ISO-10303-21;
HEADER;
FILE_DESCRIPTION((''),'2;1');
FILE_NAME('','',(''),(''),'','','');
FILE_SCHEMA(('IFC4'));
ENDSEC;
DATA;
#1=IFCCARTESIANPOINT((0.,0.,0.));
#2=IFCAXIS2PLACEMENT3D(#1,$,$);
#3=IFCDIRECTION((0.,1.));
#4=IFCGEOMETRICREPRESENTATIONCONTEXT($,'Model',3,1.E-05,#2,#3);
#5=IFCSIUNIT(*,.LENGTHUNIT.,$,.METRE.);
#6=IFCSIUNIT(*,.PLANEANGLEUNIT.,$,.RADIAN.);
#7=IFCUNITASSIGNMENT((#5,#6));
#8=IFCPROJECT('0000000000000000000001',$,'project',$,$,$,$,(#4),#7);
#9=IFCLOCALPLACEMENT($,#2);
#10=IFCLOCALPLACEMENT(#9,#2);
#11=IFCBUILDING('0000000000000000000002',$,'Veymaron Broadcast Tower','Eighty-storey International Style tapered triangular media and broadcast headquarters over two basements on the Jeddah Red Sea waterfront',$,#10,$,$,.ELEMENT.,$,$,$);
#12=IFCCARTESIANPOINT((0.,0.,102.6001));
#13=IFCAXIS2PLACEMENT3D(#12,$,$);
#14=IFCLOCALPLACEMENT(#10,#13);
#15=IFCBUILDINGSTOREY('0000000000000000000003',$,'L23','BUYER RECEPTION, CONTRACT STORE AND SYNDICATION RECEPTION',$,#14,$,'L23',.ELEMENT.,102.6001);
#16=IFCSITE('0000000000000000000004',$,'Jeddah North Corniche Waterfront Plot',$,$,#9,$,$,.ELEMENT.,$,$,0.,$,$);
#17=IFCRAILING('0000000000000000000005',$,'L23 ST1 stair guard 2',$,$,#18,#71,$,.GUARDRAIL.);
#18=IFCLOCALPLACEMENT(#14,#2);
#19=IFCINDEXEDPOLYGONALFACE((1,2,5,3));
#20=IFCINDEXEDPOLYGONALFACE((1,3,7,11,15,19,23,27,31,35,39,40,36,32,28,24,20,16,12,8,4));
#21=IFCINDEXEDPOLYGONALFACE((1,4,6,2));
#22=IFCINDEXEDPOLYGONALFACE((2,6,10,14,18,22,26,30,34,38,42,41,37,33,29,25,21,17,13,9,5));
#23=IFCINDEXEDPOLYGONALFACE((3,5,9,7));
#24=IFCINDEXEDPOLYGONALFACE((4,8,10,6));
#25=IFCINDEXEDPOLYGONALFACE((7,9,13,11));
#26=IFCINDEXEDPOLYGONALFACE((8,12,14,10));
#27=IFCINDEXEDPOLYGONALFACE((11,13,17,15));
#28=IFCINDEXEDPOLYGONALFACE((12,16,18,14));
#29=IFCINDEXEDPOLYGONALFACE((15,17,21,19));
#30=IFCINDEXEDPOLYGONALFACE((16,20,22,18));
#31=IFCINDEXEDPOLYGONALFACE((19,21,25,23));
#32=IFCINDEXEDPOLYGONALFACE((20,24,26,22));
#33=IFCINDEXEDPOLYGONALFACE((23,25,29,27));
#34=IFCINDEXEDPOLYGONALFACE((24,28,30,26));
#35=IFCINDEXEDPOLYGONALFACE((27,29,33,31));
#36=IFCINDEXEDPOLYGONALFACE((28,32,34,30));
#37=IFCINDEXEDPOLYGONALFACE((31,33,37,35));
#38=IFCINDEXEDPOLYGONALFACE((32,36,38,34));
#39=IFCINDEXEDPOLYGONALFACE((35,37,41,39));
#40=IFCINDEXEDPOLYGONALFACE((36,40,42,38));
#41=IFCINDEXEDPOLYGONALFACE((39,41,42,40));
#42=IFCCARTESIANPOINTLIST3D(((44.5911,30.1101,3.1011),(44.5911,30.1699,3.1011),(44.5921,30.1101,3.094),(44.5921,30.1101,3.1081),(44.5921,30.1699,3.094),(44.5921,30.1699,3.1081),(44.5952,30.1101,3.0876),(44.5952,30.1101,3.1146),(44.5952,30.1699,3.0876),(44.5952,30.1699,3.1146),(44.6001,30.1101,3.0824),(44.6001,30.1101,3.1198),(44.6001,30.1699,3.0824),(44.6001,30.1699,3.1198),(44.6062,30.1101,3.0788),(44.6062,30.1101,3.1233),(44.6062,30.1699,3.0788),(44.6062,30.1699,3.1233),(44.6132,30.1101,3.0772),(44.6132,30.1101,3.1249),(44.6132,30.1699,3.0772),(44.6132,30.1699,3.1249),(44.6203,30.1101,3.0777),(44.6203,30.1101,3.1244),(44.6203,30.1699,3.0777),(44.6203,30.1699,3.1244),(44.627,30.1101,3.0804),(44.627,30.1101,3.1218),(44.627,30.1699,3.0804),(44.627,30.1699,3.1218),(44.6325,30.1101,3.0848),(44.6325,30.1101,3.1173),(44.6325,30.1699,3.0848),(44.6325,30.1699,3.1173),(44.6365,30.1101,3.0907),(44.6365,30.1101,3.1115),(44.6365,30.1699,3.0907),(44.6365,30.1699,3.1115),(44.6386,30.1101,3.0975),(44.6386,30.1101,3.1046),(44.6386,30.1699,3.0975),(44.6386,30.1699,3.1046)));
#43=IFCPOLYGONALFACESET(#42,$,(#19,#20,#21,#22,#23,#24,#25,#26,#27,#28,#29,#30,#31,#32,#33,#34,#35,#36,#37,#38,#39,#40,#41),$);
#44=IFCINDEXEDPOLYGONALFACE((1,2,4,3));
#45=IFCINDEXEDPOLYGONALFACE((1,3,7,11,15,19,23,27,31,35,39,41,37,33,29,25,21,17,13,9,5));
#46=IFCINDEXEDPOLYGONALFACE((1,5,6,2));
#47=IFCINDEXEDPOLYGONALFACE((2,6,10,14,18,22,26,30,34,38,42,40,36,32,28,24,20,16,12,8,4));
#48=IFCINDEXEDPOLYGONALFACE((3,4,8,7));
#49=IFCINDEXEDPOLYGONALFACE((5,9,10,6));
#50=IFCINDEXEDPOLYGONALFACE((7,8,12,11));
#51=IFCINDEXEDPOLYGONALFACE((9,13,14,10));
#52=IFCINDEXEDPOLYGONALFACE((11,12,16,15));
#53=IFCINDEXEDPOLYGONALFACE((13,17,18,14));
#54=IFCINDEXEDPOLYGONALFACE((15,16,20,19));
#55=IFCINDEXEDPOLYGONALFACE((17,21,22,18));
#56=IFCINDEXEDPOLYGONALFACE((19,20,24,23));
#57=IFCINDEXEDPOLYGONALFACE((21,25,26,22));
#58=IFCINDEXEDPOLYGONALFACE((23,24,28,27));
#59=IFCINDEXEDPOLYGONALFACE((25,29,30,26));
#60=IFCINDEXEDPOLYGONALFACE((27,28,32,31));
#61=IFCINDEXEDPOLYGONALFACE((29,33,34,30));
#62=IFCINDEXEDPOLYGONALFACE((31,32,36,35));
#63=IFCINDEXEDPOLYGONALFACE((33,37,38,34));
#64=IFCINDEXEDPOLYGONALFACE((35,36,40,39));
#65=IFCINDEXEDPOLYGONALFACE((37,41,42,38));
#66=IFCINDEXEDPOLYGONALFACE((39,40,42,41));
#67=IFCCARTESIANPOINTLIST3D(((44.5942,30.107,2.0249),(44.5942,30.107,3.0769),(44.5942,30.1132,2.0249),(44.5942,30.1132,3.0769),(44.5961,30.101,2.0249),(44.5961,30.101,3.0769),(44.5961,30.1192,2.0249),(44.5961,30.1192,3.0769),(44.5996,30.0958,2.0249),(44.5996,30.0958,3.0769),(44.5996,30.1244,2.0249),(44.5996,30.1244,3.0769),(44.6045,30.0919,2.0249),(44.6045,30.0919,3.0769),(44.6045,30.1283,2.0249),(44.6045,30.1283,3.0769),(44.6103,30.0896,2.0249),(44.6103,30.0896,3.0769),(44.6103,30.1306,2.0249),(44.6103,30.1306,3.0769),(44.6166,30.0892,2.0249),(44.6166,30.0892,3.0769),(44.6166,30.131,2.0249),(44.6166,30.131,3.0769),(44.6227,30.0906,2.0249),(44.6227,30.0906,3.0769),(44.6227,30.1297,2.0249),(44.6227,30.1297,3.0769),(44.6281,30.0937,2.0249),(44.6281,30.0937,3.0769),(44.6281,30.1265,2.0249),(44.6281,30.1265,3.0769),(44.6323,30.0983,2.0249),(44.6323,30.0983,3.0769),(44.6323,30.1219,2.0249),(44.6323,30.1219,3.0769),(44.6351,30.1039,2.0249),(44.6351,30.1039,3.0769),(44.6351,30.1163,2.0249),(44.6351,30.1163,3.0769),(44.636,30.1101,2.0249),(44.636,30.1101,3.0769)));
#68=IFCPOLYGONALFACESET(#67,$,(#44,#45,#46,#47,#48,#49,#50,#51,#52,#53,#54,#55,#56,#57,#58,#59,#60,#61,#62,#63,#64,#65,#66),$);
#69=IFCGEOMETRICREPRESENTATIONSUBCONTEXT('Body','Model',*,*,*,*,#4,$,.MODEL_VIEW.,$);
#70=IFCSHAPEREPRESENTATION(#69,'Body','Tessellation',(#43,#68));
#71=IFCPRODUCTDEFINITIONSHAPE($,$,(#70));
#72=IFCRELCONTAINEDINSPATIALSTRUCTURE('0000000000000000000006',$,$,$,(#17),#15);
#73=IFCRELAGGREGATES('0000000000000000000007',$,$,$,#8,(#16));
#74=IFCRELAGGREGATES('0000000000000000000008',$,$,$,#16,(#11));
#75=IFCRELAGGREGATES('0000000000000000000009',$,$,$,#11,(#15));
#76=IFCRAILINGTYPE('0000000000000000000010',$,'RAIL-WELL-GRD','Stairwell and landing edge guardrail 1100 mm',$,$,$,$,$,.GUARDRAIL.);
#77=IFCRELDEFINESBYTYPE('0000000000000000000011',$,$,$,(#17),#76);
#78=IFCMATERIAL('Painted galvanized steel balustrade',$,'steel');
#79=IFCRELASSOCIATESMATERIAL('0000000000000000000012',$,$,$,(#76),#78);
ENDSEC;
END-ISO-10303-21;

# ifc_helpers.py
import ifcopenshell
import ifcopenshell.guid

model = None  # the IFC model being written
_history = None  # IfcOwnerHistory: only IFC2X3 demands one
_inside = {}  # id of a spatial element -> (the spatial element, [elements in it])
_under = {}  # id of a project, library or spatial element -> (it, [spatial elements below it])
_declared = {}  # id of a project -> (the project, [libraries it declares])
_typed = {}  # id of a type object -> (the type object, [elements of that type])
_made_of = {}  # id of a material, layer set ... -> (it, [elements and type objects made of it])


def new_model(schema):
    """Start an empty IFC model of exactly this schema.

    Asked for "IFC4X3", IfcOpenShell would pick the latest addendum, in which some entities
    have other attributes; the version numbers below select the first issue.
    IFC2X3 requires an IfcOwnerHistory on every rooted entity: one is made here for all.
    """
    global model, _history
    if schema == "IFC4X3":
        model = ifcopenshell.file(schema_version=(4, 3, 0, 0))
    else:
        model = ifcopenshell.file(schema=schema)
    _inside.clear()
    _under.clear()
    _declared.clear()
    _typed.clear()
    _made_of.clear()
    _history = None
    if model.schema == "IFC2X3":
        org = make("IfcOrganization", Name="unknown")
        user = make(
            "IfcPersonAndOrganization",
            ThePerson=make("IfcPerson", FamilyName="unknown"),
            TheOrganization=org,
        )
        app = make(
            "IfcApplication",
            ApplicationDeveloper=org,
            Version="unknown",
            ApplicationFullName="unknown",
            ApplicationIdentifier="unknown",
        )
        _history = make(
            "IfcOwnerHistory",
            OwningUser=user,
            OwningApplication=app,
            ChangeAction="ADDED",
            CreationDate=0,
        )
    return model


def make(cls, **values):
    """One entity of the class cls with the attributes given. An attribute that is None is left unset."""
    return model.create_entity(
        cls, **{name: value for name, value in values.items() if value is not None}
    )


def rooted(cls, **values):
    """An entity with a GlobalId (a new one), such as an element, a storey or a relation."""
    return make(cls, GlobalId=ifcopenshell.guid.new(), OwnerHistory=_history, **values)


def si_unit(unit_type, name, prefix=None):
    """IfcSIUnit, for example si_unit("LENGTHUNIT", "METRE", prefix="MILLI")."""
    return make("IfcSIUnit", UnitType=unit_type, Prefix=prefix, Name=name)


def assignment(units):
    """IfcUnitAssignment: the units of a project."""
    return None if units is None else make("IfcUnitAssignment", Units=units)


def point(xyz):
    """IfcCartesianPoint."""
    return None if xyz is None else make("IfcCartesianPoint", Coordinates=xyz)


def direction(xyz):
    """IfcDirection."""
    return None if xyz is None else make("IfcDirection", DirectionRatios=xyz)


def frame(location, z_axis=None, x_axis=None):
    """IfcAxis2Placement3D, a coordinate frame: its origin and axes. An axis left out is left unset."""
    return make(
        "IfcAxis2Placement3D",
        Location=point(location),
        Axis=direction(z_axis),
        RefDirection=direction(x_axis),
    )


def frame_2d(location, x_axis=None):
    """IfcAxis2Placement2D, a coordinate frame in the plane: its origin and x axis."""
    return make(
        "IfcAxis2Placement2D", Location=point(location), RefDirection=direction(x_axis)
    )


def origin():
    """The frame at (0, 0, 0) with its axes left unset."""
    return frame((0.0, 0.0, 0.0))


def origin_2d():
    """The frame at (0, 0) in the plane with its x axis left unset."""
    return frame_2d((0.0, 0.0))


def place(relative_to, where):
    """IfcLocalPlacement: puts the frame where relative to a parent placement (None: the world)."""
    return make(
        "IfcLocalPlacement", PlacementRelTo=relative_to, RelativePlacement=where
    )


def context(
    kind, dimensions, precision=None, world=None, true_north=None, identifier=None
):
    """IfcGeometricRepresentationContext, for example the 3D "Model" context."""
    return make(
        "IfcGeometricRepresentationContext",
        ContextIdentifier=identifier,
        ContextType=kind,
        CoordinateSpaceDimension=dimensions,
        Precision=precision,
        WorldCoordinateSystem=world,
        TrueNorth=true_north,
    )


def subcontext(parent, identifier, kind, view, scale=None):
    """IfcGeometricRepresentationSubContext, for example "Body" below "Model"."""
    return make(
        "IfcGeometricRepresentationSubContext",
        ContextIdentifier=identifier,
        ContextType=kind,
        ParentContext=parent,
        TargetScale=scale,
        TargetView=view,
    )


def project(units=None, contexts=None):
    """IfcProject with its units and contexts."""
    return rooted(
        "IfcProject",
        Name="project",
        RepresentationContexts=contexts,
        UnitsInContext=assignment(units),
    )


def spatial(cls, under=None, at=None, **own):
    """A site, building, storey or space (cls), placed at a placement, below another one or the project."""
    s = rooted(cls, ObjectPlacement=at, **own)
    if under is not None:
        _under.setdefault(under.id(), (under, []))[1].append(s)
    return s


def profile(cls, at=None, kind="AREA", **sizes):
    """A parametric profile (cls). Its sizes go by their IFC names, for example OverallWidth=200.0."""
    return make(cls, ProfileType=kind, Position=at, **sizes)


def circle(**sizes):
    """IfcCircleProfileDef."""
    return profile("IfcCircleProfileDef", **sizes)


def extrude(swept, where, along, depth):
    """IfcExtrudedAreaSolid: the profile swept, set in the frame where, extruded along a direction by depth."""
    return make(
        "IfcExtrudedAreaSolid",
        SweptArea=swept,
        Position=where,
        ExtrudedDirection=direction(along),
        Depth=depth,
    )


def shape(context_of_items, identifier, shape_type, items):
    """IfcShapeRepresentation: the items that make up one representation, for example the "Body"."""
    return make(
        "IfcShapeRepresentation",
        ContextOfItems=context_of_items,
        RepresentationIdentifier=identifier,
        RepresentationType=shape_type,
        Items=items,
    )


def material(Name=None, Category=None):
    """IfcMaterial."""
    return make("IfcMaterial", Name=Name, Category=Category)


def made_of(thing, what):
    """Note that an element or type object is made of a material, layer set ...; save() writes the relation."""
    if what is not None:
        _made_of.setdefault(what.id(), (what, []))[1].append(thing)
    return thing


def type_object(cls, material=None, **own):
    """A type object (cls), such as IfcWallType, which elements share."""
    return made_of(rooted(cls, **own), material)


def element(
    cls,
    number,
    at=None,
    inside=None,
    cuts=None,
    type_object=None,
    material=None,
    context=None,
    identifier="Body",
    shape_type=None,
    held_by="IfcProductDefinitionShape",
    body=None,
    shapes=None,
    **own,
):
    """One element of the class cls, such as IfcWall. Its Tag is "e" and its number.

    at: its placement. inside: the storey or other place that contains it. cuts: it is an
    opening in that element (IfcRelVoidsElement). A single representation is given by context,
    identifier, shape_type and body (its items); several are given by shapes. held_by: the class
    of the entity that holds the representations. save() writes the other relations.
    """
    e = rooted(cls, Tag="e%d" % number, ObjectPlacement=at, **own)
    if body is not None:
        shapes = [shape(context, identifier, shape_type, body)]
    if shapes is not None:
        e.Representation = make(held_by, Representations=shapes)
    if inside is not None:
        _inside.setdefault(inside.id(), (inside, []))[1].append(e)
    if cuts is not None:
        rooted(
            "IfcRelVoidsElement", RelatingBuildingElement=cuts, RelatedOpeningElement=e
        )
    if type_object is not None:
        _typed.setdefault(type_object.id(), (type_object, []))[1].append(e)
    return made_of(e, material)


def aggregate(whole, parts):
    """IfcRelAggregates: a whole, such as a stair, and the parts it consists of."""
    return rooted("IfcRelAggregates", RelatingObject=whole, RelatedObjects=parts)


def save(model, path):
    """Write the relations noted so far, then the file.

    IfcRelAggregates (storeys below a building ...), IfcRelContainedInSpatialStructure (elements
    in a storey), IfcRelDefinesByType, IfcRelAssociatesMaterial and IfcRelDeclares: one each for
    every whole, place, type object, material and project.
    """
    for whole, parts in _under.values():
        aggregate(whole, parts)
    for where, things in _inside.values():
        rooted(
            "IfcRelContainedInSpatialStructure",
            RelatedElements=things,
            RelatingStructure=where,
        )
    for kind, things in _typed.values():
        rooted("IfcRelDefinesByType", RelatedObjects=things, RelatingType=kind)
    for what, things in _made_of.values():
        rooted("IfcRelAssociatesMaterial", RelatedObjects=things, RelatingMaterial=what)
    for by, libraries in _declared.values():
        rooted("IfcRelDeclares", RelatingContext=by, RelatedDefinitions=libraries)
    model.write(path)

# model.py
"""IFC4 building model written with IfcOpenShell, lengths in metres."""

from ifc_helpers import new_model, si_unit, direction, frame, origin, origin_2d, place, context, subcontext, project, spatial, circle, extrude, material, type_object, element, save


model = new_model("IFC4")

# Units and contexts
model_context = context("Model", 3, precision=1e-05, world=origin(), true_north=direction((0.0, 1.0)))
body_context = subcontext(model_context, "Body", "Model", "MODEL_VIEW")
ifc_project = project(units=[si_unit("LENGTHUNIT", "METRE"), si_unit("PLANEANGLEUNIT", "RADIAN")], contexts=[model_context])

# Site, building, storey
site_placement = place(None, origin())
site = spatial("IfcSite", under=ifc_project, at=site_placement, Name="Jeddah North Corniche Waterfront Plot", CompositionType="ELEMENT", RefElevation=0.0)
building_placement = place(site_placement, origin())
building = spatial("IfcBuilding", under=site, at=building_placement, Name="Veymaron Broadcast Tower", Description="Eighty-storey International Style tapered triangular media and broadcast headquarters over two basements on the Jeddah Red Sea waterfront", CompositionType="ELEMENT")
storey_placement = place(building_placement, frame((0.0, 0.0, 102.6001)))
storey = spatial("IfcBuildingStorey", under=building, at=storey_placement, Name="L23", Description="BUYER RECEPTION, CONTRACT STORE AND SYNDICATION RECEPTION", LongName="L23", CompositionType="ELEMENT", Elevation=102.6001)

# Railing
ifc_material_1 = material(Name="Painted galvanized steel balustrade", Category="steel")
railing_type_1 = type_object("IfcRailingType", Name="RAIL-WELL-GRD", Description="Stairwell and landing edge guardrail 1100 mm", PredefinedType="GUARDRAIL", material=ifc_material_1)
railing_1_placement = place(storey_placement, frame((44.615, 30.1101, 2.0249)))
element("IfcRailing", 1, at=railing_1_placement, inside=storey, type_object=railing_type_1, Name="L23 ST1 stair guard 2", PredefinedType="GUARDRAIL", context=body_context, shape_type="SweptSolid", body=[
    extrude(circle(Radius=0.0239, at=origin_2d()), frame((0.0, 0.0, 1.0762), z_axis=(0.0, 1.0, 0.0), x_axis=(-1.0, 0.0, 0.0)), (0.0, 0.0, 1.0), 0.0598),
    extrude(circle(Radius=0.021, at=origin_2d()), origin(), (0.0, 0.0, 1.0), 1.052),
])

save(model, "model.ifc")
